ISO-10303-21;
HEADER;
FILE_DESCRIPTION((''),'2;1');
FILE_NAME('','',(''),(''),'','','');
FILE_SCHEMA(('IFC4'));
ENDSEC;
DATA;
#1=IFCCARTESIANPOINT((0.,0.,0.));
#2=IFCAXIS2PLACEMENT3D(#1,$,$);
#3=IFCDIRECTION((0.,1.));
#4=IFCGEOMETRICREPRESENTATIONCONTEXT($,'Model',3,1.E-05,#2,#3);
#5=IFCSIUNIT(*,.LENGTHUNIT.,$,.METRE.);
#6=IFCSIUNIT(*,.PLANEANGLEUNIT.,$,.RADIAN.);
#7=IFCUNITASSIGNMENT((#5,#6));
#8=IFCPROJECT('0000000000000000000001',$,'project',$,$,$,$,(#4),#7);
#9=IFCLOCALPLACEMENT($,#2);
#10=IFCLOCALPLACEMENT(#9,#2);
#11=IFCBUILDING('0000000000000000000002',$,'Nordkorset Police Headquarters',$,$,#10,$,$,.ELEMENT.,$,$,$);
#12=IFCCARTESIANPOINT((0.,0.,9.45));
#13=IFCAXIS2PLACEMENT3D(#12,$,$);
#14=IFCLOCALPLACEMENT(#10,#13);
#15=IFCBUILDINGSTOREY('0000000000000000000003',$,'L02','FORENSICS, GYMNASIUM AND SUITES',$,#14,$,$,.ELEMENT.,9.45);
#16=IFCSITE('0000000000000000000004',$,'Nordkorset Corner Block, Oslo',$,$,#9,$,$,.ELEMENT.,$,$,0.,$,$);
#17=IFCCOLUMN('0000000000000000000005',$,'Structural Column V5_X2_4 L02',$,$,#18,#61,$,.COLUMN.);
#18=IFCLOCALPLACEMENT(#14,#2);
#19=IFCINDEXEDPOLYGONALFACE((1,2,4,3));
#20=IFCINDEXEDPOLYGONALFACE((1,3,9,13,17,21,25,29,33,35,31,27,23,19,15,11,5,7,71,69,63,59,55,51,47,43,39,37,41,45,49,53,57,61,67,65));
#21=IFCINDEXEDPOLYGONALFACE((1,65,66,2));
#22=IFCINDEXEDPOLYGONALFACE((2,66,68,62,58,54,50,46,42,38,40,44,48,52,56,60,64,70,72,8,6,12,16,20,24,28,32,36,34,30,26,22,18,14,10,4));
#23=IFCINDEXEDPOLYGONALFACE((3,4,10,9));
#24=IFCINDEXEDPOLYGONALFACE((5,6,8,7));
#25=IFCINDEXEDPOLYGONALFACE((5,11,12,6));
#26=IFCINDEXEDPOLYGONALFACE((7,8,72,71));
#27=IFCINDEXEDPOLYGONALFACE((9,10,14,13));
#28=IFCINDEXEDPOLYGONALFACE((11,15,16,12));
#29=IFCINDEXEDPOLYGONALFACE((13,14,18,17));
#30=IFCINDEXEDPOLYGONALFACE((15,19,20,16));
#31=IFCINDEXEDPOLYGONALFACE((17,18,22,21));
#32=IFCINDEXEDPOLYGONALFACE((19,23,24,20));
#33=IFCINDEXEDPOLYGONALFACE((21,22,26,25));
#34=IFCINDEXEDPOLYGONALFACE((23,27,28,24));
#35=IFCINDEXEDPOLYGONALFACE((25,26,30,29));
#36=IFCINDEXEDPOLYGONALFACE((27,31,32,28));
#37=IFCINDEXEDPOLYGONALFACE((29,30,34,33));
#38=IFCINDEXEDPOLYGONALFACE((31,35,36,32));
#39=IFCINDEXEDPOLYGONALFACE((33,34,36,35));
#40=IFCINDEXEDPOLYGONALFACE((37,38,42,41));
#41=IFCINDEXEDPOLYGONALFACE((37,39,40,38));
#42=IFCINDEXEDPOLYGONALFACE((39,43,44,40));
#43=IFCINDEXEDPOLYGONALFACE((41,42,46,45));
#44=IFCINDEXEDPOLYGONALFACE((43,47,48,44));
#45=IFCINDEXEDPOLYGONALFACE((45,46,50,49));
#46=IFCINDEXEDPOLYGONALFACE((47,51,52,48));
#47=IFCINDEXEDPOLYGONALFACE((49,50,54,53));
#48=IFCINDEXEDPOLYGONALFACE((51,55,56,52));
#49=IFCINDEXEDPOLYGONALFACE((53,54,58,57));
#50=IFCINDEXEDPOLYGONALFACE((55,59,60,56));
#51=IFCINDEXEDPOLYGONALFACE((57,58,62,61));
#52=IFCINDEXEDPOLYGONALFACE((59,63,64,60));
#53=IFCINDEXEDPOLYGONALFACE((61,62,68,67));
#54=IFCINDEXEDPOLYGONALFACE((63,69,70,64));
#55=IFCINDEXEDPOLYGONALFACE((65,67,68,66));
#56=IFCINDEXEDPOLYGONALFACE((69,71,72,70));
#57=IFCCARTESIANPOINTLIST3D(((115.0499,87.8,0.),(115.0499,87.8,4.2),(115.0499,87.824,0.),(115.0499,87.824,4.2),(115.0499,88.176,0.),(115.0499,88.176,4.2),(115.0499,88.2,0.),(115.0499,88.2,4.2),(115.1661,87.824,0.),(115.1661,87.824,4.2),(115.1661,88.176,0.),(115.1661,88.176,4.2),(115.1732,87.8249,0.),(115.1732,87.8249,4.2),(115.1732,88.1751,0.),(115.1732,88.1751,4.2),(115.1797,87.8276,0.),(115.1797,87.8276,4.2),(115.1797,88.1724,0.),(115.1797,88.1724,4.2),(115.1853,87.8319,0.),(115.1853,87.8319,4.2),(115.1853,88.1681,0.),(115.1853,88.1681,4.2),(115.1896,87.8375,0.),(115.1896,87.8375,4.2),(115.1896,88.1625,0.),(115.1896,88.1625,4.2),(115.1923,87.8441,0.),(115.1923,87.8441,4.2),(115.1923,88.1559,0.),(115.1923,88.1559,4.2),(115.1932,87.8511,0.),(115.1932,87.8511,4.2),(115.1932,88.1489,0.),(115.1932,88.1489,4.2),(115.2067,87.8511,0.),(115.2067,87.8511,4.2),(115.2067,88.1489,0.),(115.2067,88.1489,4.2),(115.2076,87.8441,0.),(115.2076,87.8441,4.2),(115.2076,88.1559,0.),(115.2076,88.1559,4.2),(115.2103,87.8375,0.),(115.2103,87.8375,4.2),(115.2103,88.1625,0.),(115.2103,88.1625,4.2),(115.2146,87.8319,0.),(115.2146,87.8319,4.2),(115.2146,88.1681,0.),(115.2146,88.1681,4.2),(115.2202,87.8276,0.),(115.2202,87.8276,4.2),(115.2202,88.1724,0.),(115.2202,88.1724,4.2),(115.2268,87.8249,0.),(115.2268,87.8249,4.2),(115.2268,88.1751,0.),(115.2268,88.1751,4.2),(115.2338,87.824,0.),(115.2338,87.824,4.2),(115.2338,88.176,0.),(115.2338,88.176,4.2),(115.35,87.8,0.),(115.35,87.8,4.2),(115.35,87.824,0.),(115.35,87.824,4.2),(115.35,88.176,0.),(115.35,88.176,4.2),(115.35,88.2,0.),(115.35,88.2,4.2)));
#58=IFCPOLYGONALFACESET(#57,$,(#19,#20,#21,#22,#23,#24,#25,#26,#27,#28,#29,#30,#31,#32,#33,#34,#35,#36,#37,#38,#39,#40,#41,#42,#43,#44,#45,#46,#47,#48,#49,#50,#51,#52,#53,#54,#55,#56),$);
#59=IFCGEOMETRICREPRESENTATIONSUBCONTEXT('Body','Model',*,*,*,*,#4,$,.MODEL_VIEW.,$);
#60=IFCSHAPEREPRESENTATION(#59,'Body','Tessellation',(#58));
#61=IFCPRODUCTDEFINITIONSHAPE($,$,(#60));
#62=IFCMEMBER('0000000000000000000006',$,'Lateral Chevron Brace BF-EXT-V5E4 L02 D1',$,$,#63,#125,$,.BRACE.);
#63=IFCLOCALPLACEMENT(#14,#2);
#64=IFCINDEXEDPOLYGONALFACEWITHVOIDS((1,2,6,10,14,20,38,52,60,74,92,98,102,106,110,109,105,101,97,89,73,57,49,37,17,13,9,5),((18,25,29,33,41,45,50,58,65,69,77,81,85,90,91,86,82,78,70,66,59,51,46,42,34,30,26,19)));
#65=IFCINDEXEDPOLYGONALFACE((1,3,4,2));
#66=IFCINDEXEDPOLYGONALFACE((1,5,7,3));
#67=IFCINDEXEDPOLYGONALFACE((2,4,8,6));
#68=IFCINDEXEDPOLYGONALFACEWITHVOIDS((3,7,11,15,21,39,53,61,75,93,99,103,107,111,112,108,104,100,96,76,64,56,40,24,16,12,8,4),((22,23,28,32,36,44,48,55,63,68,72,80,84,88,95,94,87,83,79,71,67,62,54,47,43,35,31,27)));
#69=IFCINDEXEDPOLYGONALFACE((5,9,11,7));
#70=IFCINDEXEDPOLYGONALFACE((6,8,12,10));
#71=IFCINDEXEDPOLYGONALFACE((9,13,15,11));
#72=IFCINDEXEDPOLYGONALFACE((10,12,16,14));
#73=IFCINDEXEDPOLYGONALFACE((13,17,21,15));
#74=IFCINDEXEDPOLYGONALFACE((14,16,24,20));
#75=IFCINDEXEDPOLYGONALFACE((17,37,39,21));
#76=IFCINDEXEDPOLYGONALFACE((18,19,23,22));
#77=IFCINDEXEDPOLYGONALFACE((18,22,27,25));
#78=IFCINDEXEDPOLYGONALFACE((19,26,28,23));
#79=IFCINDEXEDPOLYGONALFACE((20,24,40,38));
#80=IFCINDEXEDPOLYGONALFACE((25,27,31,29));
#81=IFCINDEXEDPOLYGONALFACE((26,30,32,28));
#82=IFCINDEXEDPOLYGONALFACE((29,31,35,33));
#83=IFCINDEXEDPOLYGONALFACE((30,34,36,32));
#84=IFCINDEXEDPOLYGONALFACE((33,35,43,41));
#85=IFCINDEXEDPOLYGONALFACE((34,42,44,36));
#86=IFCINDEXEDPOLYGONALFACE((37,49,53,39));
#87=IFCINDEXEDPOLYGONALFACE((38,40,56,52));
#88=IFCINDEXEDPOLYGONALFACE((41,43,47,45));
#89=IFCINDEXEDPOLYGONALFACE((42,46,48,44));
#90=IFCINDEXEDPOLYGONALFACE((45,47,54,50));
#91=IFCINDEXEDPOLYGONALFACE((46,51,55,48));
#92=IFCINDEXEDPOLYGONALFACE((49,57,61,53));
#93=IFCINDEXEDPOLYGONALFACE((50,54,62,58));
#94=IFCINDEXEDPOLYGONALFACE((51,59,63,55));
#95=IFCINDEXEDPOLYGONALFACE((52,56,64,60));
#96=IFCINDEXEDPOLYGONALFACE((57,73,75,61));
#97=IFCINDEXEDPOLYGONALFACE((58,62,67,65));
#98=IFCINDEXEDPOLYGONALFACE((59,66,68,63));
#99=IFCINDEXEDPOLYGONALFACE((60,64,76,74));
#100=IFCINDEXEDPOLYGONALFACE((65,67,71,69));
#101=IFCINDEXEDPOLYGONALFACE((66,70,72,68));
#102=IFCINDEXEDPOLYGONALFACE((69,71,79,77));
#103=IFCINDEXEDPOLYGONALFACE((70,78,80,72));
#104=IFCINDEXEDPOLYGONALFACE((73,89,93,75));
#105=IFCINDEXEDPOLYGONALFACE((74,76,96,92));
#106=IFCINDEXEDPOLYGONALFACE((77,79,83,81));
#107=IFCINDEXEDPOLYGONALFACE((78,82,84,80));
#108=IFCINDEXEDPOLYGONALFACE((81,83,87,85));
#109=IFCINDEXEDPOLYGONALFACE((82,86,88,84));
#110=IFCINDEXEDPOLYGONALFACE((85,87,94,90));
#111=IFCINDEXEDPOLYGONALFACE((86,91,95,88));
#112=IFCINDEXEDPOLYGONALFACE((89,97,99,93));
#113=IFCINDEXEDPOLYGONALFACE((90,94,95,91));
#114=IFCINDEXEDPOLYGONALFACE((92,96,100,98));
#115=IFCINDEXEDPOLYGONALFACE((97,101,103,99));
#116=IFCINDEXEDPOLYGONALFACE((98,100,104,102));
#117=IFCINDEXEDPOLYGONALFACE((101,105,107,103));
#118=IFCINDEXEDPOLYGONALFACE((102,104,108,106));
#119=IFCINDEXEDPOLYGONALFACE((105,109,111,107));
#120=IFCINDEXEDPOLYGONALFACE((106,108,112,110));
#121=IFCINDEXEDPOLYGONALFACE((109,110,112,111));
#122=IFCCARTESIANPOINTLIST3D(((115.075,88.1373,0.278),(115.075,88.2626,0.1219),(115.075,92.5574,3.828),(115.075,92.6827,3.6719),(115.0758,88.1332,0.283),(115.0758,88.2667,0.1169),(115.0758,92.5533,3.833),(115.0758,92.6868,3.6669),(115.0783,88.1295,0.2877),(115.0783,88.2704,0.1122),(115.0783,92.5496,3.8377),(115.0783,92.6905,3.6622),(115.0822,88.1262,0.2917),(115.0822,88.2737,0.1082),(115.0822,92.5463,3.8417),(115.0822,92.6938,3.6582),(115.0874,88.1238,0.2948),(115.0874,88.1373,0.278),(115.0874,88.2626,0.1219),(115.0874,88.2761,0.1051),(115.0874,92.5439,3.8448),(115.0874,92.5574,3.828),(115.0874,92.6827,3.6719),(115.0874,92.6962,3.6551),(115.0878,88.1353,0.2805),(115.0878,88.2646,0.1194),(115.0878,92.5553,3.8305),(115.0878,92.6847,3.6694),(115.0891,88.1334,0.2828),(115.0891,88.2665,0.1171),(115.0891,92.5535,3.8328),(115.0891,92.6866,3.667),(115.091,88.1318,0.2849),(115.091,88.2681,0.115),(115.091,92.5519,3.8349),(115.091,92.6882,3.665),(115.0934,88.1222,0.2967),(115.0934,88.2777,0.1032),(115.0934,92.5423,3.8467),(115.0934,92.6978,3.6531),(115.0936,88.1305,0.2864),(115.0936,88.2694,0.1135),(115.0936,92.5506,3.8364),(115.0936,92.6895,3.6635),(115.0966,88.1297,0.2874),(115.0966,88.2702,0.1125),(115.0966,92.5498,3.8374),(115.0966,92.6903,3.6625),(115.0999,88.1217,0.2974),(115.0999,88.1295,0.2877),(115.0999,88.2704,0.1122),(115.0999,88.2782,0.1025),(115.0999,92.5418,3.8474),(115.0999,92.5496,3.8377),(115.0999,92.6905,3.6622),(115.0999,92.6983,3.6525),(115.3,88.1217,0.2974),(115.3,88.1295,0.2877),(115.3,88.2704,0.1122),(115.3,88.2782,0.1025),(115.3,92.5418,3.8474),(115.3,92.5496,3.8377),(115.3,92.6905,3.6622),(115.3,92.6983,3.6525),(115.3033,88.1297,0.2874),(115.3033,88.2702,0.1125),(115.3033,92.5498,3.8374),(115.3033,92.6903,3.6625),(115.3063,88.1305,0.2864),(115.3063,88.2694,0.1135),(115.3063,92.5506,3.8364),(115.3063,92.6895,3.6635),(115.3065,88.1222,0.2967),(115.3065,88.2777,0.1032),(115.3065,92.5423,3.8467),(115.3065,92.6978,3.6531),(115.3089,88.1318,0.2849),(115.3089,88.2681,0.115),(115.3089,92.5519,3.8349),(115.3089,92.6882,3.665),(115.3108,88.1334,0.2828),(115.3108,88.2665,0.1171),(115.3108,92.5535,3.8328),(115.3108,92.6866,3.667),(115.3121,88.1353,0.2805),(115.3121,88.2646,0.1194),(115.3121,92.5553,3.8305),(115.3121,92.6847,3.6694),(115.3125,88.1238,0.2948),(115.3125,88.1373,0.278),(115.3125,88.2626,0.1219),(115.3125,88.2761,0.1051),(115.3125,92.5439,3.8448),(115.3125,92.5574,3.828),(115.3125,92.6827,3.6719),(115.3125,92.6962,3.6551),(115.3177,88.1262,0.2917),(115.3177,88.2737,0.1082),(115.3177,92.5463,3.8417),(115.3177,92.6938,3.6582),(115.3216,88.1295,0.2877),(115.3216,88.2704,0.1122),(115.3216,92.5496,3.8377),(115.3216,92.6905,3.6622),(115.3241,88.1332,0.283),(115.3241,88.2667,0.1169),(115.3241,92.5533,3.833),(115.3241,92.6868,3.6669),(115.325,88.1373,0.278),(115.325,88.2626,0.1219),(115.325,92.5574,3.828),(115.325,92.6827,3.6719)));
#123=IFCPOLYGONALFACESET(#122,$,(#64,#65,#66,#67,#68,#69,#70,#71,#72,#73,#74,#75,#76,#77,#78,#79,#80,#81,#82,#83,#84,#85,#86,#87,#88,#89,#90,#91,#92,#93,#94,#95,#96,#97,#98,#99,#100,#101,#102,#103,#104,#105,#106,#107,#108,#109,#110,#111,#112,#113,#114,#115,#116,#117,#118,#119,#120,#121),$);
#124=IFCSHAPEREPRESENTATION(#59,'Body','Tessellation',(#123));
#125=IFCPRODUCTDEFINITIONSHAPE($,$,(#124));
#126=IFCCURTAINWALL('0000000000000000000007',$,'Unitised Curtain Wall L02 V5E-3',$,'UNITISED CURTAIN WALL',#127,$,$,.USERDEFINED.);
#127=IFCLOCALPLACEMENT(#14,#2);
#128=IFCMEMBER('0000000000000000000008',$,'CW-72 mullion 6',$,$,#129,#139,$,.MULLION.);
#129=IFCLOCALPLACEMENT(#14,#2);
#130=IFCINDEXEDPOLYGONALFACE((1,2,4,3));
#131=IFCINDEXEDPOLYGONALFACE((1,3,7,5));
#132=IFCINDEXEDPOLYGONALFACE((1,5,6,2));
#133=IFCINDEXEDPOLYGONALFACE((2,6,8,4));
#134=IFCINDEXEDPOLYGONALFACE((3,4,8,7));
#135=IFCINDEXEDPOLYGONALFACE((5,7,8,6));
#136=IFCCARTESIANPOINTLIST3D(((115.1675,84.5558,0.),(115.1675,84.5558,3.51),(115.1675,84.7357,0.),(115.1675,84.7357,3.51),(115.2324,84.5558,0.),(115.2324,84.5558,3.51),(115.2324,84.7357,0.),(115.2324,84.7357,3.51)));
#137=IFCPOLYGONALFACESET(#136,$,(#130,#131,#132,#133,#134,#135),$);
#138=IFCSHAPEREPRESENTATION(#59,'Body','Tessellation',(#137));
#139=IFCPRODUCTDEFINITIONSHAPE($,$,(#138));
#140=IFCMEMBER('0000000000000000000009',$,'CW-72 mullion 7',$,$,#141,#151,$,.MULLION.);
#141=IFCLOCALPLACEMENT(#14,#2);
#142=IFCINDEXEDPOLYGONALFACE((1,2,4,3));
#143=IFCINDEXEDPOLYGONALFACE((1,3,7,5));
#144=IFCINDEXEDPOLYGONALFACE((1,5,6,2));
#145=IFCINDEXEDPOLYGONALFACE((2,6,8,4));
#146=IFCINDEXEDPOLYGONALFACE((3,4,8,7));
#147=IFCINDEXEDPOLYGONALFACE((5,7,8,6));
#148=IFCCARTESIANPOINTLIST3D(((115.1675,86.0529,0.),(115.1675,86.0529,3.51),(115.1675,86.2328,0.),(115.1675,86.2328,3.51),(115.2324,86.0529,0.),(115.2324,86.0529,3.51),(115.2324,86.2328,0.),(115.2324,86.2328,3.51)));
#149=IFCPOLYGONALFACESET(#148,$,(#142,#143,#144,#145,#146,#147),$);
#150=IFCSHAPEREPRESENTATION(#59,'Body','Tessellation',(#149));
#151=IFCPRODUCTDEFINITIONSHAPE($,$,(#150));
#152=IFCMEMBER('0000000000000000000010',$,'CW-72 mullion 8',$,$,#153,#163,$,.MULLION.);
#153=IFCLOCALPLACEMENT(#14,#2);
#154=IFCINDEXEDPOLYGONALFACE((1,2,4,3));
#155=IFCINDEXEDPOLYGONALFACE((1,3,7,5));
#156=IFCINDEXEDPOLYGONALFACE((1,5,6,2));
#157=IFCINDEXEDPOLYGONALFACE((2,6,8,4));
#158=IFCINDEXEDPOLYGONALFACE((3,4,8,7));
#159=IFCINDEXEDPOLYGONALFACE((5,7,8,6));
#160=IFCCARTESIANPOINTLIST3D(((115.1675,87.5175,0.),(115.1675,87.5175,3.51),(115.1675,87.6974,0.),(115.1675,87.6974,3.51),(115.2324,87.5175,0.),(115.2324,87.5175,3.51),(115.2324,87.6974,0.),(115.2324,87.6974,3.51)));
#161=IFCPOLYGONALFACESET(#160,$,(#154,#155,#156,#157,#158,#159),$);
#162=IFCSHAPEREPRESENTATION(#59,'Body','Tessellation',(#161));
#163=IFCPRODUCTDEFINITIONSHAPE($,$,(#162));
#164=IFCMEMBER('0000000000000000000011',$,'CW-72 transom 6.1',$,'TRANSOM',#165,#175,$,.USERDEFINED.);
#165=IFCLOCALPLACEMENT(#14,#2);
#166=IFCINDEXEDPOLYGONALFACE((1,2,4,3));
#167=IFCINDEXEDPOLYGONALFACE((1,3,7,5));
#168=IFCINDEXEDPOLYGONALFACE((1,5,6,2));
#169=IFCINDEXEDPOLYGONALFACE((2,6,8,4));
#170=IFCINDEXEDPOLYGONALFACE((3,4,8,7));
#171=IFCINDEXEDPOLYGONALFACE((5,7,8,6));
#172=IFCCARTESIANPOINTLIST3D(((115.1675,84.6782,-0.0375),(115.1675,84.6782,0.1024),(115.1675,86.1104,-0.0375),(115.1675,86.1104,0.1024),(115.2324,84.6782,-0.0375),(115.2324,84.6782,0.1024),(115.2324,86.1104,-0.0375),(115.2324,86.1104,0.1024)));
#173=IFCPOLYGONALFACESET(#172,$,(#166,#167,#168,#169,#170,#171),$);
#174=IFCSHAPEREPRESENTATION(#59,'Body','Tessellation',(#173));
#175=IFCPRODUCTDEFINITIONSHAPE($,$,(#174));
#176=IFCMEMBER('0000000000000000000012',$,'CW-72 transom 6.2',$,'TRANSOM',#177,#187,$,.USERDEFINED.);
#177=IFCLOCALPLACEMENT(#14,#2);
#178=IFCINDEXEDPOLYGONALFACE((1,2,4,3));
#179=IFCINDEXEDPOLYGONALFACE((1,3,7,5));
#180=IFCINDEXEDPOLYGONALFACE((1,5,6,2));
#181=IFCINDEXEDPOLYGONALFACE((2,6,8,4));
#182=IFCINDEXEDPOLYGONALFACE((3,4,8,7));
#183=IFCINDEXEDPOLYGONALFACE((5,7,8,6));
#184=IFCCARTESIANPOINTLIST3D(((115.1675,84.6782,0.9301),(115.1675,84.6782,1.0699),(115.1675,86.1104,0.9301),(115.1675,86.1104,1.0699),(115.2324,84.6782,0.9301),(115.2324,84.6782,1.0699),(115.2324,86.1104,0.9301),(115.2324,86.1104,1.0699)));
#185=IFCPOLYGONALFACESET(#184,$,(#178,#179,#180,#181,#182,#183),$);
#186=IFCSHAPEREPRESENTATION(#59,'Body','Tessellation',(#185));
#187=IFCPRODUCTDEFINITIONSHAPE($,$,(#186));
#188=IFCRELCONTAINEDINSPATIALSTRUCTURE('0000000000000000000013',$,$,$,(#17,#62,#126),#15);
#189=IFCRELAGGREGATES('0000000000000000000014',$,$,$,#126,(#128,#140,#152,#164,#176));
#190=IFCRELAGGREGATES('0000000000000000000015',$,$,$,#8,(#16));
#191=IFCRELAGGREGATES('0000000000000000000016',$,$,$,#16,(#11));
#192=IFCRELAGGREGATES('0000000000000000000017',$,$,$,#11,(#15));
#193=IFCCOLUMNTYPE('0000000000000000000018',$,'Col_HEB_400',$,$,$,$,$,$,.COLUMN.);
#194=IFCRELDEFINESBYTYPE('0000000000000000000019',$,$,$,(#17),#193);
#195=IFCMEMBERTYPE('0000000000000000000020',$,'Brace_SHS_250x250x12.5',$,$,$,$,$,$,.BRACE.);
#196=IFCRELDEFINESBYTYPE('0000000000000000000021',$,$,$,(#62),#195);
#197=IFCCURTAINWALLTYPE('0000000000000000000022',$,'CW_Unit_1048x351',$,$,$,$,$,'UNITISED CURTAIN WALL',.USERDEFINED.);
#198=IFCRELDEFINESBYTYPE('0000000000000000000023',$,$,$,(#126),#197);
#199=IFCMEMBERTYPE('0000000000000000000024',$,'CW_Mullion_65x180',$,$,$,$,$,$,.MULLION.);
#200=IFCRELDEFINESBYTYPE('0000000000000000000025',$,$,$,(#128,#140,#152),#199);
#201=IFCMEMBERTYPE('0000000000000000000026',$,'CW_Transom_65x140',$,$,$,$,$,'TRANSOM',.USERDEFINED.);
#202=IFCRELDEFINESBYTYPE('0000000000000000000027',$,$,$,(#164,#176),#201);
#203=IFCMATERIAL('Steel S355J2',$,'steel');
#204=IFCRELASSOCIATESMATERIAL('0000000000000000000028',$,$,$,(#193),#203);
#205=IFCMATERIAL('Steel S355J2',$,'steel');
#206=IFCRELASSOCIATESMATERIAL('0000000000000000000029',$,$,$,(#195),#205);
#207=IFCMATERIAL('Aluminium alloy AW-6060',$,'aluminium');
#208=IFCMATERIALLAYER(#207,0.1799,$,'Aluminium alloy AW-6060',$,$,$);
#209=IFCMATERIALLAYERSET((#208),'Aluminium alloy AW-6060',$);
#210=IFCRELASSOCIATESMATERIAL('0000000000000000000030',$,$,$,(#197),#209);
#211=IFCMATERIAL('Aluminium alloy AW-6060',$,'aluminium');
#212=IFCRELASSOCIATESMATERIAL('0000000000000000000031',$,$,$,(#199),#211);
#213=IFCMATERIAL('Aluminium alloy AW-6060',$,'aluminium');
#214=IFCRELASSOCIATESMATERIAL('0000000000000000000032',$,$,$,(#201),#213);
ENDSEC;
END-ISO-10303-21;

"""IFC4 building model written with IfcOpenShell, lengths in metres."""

from ifc_helpers import new_model, si_unit, direction, frame, origin, origin_2d, place, context, subcontext, project, spatial, rectangle, hollow_rectangle, i_section, extrude, material, layer, layer_set, material_profile, profile_set, type_object, element, aggregate, save


model = new_model("IFC4")

# Units and contexts
model_context = context("Model", 3, precision=1e-05, world=origin(), true_north=direction((0.0, 1.0)))
body_context = subcontext(model_context, "Body", "Model", "MODEL_VIEW")
ifc_project = project(units=[si_unit("LENGTHUNIT", "METRE"), si_unit("PLANEANGLEUNIT", "RADIAN")], contexts=[model_context])

# Site, building, storey
site_placement = place(None, origin())
site = spatial("IfcSite", under=ifc_project, at=site_placement, Name="Nordkorset Corner Block, Oslo", CompositionType="ELEMENT", RefElevation=0.0)
building_placement = place(site_placement, origin())
building = spatial("IfcBuilding", under=site, at=building_placement, Name="Nordkorset Police Headquarters", CompositionType="ELEMENT")
storey_placement = place(building_placement, frame((0.0, 0.0, 9.45)))
storey = spatial("IfcBuildingStorey", under=building, at=storey_placement, Name="L02", Description="FORENSICS, GYMNASIUM AND SUITES", CompositionType="ELEMENT", Elevation=9.45)

# Column
ifc_material_1 = material(Name="Steel S355J2", Category="steel")
ifc_material_profile_1 = material_profile(ifc_material_1, i_section(OverallWidth=0.3, OverallDepth=0.3999, WebThickness=0.0134, FlangeThickness=0.0239, FilletRadius=0.0271, at=origin_2d()), Name="HEB 400")
ifc_profile_set_1 = profile_set([ifc_material_profile_1], Name="Steel S355J2")
column_type = type_object("IfcColumnType", Name="Col_HEB_400", PredefinedType="COLUMN", material=ifc_profile_set_1)
column_placement = place(storey_placement, frame((115.2, 88.0, 0.0), z_axis=(0.0, 0.0, 1.0), x_axis=(1.0, 0.0, 0.0)))
element("IfcColumn", 1, at=column_placement, inside=storey, type_object=column_type, Name="Structural Column V5_X2_4 L02", PredefinedType="COLUMN", context=body_context, shape_type="SweptSolid", body=[
    extrude(i_section(OverallWidth=0.3, OverallDepth=0.3999, WebThickness=0.0134, FlangeThickness=0.0239, FilletRadius=0.0271, at=origin_2d()), origin(), (0.0, 0.0, 1.0), 4.2),
])

# Member
ifc_material_2 = material(Name="Steel S355J2", Category="steel")
ifc_material_profile_2 = material_profile(ifc_material_2, hollow_rectangle(XDim=0.25, YDim=0.25, WallThickness=0.0125, InnerFilletRadius=0.0125, OuterFilletRadius=0.0249, at=origin_2d()), Name="SHS 250x250x12.5")
ifc_profile_set_2 = profile_set([ifc_material_profile_2], Name="Steel S355J2")
member_type_1 = type_object("IfcMemberType", Name="Brace_SHS_250x250x12.5", PredefinedType="BRACE", material=ifc_profile_set_2)
member_1_placement = place(storey_placement, frame((115.2, 88.2, 0.2), z_axis=(0.0, 0.77967, 0.626191), x_axis=(-1.0, 0.0, 0.0)))
element("IfcMember", 2, at=member_1_placement, inside=storey, type_object=member_type_1, Name="Lateral Chevron Brace BF-EXT-V5E4 L02 D1", PredefinedType="BRACE", context=body_context, shape_type="SweptSolid", body=[
    extrude(hollow_rectangle(XDim=0.25, YDim=0.25, WallThickness=0.0125, InnerFilletRadius=0.0125, OuterFilletRadius=0.0249, at=origin_2d()), origin(), (0.0, 0.0, 1.0), 5.6692),
])

# Curtain wall, members
ifc_material_3 = material(Name="Aluminium alloy AW-6060", Category="aluminium")
ifc_layer_1 = layer(ifc_material_3, 0.1799, Name="Aluminium alloy AW-6060")
ifc_layer_set_1 = layer_set([ifc_layer_1], Name="Aluminium alloy AW-6060")
curtain_wall_type = type_object("IfcCurtainWallType", Name="CW_Unit_1048x351", ElementType="UNITISED CURTAIN WALL", PredefinedType="USERDEFINED", material=ifc_layer_set_1)
curtain_wall_placement = place(storey_placement, origin())
curtain_wall = element("IfcCurtainWall", 3, at=curtain_wall_placement, inside=storey, type_object=curtain_wall_type, Name="Unitised Curtain Wall L02 V5E-3", ObjectType="UNITISED CURTAIN WALL", PredefinedType="USERDEFINED")
ifc_material_4 = material(Name="Aluminium alloy AW-6060", Category="aluminium")
ifc_material_profile_3 = material_profile(ifc_material_4, rectangle(XDim=0.0649, YDim=0.1799, at=origin_2d()), Name="ALU MULL 65x180")
ifc_profile_set_3 = profile_set([ifc_material_profile_3], Name="Aluminium alloy AW-6060")
member_type_2 = type_object("IfcMemberType", Name="CW_Mullion_65x180", PredefinedType="MULLION", material=ifc_profile_set_3)
member_2_placement = place(storey_placement, frame((115.2, 84.6458, 0.0), z_axis=(0.0, 0.0, 1.0), x_axis=(-1.0, 0.0, 0.0)))
member_2 = element("IfcMember", 4, at=member_2_placement, type_object=member_type_2, Name="CW-72 mullion 6", PredefinedType="MULLION", context=body_context, shape_type="SweptSolid", body=[
    extrude(rectangle(XDim=0.0649, YDim=0.1799, at=origin_2d()), origin(), (0.0, 0.0, 1.0), 3.51),
])
member_3_placement = place(storey_placement, frame((115.2, 86.1428, 0.0), z_axis=(0.0, 0.0, 1.0), x_axis=(-1.0, 0.0, 0.0)))
member_3 = element("IfcMember", 5, at=member_3_placement, type_object=member_type_2, Name="CW-72 mullion 7", PredefinedType="MULLION", context=body_context, shape_type="SweptSolid", body=[
    extrude(rectangle(XDim=0.0649, YDim=0.1799, at=origin_2d()), origin(), (0.0, 0.0, 1.0), 3.51),
])
member_4_placement = place(storey_placement, frame((115.2, 87.6074, 0.0), z_axis=(0.0, 0.0, 1.0), x_axis=(-1.0, 0.0, 0.0)))
member_4 = element("IfcMember", 6, at=member_4_placement, type_object=member_type_2, Name="CW-72 mullion 8", PredefinedType="MULLION", context=body_context, shape_type="SweptSolid", body=[
    extrude(rectangle(XDim=0.0649, YDim=0.1799, at=origin_2d()), origin(), (0.0, 0.0, 1.0), 3.51),
])
ifc_material_5 = material(Name="Aluminium alloy AW-6060", Category="aluminium")
ifc_material_profile_4 = material_profile(ifc_material_5, rectangle(XDim=0.0649, YDim=0.1399, at=origin_2d()), Name="ALU TRAN 65x140")
ifc_profile_set_4 = profile_set([ifc_material_profile_4], Name="Aluminium alloy AW-6060")
member_type_3 = type_object("IfcMemberType", Name="CW_Transom_65x140", ElementType="TRANSOM", PredefinedType="USERDEFINED", material=ifc_profile_set_4)
member_5_placement = place(storey_placement, frame((115.2, 84.6782, 0.0325), z_axis=(0.0, 1.0, 0.0), x_axis=(-1.0, 0.0, 0.0)))
member_5 = element("IfcMember", 7, at=member_5_placement, type_object=member_type_3, Name="CW-72 transom 6.1", ObjectType="TRANSOM", PredefinedType="USERDEFINED", context=body_context, shape_type="SweptSolid", body=[
    extrude(rectangle(XDim=0.0649, YDim=0.1399, at=origin_2d()), origin(), (0.0, 0.0, 1.0), 1.4321),
])
member_6_placement = place(storey_placement, frame((115.2, 84.6782, 1.0), z_axis=(0.0, 1.0, 0.0), x_axis=(-1.0, 0.0, 0.0)))
member_6 = element("IfcMember", 8, at=member_6_placement, type_object=member_type_3, Name="CW-72 transom 6.2", ObjectType="TRANSOM", PredefinedType="USERDEFINED", context=body_context, shape_type="SweptSolid", body=[
    extrude(rectangle(XDim=0.0649, YDim=0.1399, at=origin_2d()), origin(), (0.0, 0.0, 1.0), 1.4321),
])

aggregate(curtain_wall, [member_2, member_3, member_4, member_5, member_6])

save(model, "model.ifc")
